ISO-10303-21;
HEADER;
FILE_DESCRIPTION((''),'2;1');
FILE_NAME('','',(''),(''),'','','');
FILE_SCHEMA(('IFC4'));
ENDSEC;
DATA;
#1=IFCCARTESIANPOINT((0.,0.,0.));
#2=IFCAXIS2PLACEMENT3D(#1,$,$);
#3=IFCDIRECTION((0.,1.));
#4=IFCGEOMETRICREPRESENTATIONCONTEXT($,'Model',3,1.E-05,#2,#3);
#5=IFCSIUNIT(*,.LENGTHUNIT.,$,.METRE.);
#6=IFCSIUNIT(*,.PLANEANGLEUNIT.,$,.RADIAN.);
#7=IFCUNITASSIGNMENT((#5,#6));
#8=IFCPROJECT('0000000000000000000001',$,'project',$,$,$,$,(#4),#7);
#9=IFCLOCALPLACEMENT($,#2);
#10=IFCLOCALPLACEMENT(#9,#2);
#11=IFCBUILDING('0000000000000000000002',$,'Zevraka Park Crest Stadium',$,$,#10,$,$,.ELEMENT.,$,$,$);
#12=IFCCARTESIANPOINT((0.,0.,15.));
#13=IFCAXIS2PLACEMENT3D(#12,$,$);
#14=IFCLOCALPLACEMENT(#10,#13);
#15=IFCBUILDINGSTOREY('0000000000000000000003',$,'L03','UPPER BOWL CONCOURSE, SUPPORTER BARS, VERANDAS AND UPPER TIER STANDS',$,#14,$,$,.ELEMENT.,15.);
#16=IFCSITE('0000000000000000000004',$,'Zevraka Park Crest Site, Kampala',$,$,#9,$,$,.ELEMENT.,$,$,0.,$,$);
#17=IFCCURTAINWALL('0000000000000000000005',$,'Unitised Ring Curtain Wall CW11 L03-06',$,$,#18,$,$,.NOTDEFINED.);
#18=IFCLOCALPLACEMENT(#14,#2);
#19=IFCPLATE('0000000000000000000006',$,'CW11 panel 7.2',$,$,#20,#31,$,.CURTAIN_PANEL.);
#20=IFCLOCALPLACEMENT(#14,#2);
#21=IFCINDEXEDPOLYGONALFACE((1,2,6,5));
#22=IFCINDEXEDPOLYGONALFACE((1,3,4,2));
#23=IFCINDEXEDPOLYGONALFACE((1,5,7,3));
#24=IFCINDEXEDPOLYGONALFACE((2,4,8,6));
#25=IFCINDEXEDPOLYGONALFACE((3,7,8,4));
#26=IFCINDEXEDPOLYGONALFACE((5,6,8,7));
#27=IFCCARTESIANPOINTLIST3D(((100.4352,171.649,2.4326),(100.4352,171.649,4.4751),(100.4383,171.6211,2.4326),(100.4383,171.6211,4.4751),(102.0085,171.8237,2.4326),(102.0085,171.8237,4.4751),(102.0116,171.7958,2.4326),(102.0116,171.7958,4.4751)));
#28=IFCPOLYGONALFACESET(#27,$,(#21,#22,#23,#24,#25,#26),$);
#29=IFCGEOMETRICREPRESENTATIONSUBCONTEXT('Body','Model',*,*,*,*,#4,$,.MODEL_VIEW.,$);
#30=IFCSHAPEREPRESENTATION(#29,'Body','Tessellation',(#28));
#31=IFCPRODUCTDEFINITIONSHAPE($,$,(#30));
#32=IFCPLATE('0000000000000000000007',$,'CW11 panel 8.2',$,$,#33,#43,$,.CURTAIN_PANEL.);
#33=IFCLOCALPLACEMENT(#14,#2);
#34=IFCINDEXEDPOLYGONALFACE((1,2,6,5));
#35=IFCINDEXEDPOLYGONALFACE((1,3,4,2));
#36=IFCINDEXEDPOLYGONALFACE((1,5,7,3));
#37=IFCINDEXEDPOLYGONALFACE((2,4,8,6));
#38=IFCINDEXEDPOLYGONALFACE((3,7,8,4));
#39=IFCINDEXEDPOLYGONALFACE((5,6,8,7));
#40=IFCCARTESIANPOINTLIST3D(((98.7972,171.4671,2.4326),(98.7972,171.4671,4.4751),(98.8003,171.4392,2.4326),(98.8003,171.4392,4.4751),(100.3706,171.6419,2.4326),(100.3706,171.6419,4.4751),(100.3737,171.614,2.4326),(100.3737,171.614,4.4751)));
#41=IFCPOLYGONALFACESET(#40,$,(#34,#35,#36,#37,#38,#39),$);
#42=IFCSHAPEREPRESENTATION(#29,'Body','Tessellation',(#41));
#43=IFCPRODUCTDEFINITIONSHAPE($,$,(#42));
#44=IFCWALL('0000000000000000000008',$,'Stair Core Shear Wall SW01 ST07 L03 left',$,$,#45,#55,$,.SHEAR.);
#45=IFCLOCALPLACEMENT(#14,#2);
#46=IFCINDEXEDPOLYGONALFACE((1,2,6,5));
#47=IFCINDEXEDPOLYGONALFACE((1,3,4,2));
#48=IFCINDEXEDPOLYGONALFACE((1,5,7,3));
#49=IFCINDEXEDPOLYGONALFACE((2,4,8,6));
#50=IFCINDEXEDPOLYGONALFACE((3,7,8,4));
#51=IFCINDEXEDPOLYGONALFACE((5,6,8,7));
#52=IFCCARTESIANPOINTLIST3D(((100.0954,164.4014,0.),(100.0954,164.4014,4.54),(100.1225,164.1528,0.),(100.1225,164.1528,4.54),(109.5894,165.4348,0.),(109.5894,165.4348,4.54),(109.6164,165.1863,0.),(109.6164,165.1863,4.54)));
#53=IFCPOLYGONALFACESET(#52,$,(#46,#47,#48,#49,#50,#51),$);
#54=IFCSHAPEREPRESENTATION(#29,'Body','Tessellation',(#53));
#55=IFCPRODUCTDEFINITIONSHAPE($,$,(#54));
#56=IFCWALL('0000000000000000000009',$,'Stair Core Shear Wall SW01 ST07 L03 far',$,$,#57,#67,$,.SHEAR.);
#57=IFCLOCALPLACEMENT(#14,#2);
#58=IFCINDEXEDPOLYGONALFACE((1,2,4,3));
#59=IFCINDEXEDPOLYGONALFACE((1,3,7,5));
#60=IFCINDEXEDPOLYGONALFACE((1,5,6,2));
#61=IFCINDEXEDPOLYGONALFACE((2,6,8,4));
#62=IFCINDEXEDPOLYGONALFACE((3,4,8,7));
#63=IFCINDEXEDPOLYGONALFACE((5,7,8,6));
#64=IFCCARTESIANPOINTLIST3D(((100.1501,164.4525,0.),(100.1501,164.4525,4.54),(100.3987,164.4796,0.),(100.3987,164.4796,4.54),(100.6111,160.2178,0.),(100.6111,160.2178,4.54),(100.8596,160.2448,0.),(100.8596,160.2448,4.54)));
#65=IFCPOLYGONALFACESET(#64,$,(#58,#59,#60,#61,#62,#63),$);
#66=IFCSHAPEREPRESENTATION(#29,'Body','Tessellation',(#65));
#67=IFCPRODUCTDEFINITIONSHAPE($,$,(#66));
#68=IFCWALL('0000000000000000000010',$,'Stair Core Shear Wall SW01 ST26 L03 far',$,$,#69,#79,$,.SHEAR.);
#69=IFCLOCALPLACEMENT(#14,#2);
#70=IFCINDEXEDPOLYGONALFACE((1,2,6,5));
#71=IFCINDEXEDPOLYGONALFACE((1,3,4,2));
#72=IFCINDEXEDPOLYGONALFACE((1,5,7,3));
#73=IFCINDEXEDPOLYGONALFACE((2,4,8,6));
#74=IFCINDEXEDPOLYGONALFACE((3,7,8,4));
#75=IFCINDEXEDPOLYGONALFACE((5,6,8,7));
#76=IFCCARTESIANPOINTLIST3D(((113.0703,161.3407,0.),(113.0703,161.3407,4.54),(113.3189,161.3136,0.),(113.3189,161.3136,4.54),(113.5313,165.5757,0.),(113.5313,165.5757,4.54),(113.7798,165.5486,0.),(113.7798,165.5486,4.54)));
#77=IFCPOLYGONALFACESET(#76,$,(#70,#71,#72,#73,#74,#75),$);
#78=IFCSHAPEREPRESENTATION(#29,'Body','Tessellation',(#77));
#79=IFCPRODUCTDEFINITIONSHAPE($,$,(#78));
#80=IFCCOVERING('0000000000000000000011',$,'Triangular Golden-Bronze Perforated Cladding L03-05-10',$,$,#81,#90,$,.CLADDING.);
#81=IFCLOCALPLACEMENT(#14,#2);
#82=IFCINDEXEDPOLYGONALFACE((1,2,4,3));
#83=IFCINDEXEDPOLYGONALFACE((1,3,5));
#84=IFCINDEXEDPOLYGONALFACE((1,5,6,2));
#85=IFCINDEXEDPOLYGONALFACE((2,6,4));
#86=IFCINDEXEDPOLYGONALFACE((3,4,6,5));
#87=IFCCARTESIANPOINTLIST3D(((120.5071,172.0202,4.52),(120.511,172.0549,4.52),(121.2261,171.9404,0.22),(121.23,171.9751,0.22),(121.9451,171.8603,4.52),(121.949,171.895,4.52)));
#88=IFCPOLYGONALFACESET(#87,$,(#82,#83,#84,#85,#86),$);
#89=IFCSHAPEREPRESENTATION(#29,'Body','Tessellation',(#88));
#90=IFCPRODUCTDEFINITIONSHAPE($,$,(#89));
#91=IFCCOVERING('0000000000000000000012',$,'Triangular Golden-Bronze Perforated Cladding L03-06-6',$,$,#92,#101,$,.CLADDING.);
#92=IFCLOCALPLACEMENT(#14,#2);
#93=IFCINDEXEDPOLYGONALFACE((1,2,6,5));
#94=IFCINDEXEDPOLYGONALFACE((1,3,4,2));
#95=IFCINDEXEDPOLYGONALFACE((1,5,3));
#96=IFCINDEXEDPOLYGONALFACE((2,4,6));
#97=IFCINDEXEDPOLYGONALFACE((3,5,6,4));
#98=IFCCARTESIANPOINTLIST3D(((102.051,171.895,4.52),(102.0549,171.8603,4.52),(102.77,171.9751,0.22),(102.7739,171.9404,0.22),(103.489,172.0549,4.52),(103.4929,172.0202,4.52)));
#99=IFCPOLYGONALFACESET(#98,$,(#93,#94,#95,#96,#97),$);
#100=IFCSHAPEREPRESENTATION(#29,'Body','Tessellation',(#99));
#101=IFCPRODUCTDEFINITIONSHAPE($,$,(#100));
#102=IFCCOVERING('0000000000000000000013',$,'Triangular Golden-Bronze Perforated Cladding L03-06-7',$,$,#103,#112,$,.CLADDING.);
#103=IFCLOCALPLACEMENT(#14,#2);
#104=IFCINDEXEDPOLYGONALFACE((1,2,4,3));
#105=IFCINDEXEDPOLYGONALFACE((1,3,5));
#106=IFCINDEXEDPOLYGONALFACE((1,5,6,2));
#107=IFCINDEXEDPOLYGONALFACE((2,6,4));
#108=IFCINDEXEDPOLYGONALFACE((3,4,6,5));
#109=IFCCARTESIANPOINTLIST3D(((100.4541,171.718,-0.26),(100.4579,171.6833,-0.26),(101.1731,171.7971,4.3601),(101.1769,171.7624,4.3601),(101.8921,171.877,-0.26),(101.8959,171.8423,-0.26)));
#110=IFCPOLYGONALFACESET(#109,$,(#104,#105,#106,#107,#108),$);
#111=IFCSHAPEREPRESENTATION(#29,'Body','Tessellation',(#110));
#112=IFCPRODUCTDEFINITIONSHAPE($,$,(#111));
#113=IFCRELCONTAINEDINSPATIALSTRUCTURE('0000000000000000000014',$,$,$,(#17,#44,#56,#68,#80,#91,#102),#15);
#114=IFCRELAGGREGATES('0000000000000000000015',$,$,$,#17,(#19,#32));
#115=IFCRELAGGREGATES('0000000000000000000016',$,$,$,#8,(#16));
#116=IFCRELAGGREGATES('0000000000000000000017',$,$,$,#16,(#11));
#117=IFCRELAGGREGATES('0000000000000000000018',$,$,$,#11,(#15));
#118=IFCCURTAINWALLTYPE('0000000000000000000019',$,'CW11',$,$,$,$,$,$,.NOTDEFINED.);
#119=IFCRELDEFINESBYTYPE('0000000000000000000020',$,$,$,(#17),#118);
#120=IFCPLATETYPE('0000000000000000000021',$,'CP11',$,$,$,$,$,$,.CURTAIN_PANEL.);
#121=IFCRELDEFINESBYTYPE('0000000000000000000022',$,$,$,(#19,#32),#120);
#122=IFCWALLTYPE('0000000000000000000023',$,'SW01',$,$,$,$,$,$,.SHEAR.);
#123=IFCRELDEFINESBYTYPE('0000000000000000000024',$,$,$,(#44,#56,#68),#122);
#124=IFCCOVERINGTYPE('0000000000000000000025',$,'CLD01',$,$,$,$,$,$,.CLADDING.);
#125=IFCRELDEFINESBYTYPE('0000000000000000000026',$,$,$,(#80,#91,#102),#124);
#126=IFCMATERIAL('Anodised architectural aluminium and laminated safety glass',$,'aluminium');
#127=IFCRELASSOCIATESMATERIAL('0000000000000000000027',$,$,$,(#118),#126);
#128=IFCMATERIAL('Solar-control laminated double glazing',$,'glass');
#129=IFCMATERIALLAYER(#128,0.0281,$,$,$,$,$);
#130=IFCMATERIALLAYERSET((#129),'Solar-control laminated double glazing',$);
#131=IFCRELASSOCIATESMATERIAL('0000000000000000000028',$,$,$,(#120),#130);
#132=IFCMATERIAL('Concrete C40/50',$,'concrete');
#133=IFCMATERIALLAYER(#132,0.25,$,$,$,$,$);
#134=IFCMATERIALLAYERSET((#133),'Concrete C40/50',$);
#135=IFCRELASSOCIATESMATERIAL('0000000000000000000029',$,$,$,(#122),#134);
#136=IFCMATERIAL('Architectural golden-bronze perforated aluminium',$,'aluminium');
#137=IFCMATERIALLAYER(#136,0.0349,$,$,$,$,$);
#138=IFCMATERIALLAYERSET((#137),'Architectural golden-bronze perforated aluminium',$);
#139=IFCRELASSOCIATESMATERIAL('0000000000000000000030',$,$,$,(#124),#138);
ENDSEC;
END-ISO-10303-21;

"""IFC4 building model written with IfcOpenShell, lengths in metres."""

from ifc_helpers import new_model, si_unit, direction, frame, frame_2d, origin, origin_2d, place, context, subcontext, project, spatial, polyline, rectangle, outline, extrude, material, layer, layer_set, type_object, element, aggregate, save


model = new_model("IFC4")

# Units and contexts
model_context = context("Model", 3, precision=1e-05, world=origin(), true_north=direction((0.0, 1.0)))
body_context = subcontext(model_context, "Body", "Model", "MODEL_VIEW")
ifc_project = project(units=[si_unit("LENGTHUNIT", "METRE"), si_unit("PLANEANGLEUNIT", "RADIAN")], contexts=[model_context])

# Site, building, storey
site_placement = place(None, origin())
site = spatial("IfcSite", under=ifc_project, at=site_placement, Name="Zevraka Park Crest Site, Kampala", CompositionType="ELEMENT", RefElevation=0.0)
building_placement = place(site_placement, origin())
building = spatial("IfcBuilding", under=site, at=building_placement, Name="Zevraka Park Crest Stadium", CompositionType="ELEMENT")
storey_placement = place(building_placement, frame((0.0, 0.0, 15.0)))
storey = spatial("IfcBuildingStorey", under=building, at=storey_placement, Name="L03", Description="UPPER BOWL CONCOURSE, SUPPORTER BARS, VERANDAS AND UPPER TIER STANDS", CompositionType="ELEMENT", Elevation=15.0)

# Shared definitions
ifc_material_1 = material(Name="Anodised architectural aluminium and laminated safety glass", Category="aluminium")
curtain_wall_type = type_object("IfcCurtainWallType", Name="CW11", PredefinedType="NOTDEFINED", material=ifc_material_1)

# Curtain wall
curtain_wall_1_placement = place(storey_placement, origin())
curtain_wall_1 = element("IfcCurtainWall", 1, at=curtain_wall_1_placement, inside=storey, type_object=curtain_wall_type, Name="Unitised Ring Curtain Wall CW11 L03-06", PredefinedType="NOTDEFINED")

# Plates
ifc_material_2 = material(Name="Solar-control laminated double glazing", Category="glass")
ifc_layer_1 = layer(ifc_material_2, 0.0281)
ifc_layer_set_1 = layer_set([ifc_layer_1], Name="Solar-control laminated double glazing")
plate_type = type_object("IfcPlateType", Name="CP11", PredefinedType="CURTAIN_PANEL", material=ifc_layer_set_1)
plate_1_placement = place(storey_placement, frame((101.2234, 171.7224, 2.4326), z_axis=(0.0, 0.0, 1.0), x_axis=(-0.993888, -0.110396, 0.0)))
plate_1 = element("IfcPlate", 2, at=plate_1_placement, type_object=plate_type, Name="CW11 panel 7.2", PredefinedType="CURTAIN_PANEL", context=body_context, shape_type="SweptSolid", body=[
    extrude(rectangle(XDim=1.583, YDim=0.0281, at=origin_2d()), origin(), (0.0, 0.0, 1.0), 2.0425),
])
plate_2_placement = place(storey_placement, frame((99.5854, 171.5405, 2.4326), z_axis=(0.0, 0.0, 1.0), x_axis=(-0.993888, -0.110396, 0.0)))
plate_2 = element("IfcPlate", 3, at=plate_2_placement, type_object=plate_type, Name="CW11 panel 8.2", PredefinedType="CURTAIN_PANEL", context=body_context, shape_type="SweptSolid", body=[
    extrude(rectangle(XDim=1.583, YDim=0.0281, at=origin_2d()), origin(), (0.0, 0.0, 1.0), 2.0425),
])
aggregate(curtain_wall_1, [plate_1, plate_2])

# Walls
ifc_material_3 = material(Name="Concrete C40/50", Category="concrete")
ifc_layer_2 = layer(ifc_material_3, 0.25)
ifc_layer_set_2 = layer_set([ifc_layer_2], Name="Concrete C40/50")
wall_type = type_object("IfcWallType", Name="SW01", PredefinedType="SHEAR", material=ifc_layer_set_2)
wall_1_placement = place(storey_placement, frame((109.6028, 165.3105, 0.0), z_axis=(0.0, 0.0, 1.0), x_axis=(-0.994128, -0.108215, 0.0)))
element("IfcWall", 4, at=wall_1_placement, inside=storey, type_object=wall_type, Name="Stair Core Shear Wall SW01 ST07 L03 left", PredefinedType="SHEAR", context=body_context, shape_type="SweptSolid", body=[
    extrude(rectangle(XDim=9.55, YDim=0.25, at=frame_2d((4.7749, 0.0))), origin(), (0.0, 0.0, 1.0), 4.54),
])
wall_2_placement = place(storey_placement, frame((100.2744, 164.4661, 0.0), z_axis=(0.0, 0.0, 1.0), x_axis=(0.108204, -0.994129, 0.0)))
element("IfcWall", 5, at=wall_2_placement, inside=storey, type_object=wall_type, Name="Stair Core Shear Wall SW01 ST07 L03 far", PredefinedType="SHEAR", context=body_context, shape_type="SweptSolid", body=[
    extrude(rectangle(XDim=4.2598, YDim=0.25, at=frame_2d((2.1299, 0.0))), origin(), (0.0, 0.0, 1.0), 4.54),
])
wall_3_placement = place(storey_placement, frame((113.6555, 165.562, 0.0), z_axis=(0.0, 0.0, 1.0), x_axis=(-0.108198, -0.994129, 0.0)))
element("IfcWall", 6, at=wall_3_placement, inside=storey, type_object=wall_type, Name="Stair Core Shear Wall SW01 ST26 L03 far", PredefinedType="SHEAR", context=body_context, shape_type="SweptSolid", body=[
    extrude(rectangle(XDim=4.26, YDim=0.25, at=frame_2d((2.1299, 0.0))), origin(), (0.0, 0.0, 1.0), 4.54),
])

# Coverings
ifc_material_4 = material(Name="Architectural golden-bronze perforated aluminium", Category="aluminium")
ifc_layer_3 = layer(ifc_material_4, 0.0349)
ifc_layer_set_3 = layer_set([ifc_layer_3], Name="Architectural golden-bronze perforated aluminium")
covering_type = type_object("IfcCoveringType", Name="CLD01", PredefinedType="CLADDING", material=ifc_layer_set_3)
covering_1_placement = place(storey_placement, frame((120.511, 172.0549, 4.52), z_axis=(0.110524, 0.993873, 0.000028), x_axis=(0.993873, -0.110524, 0.0)))
element("IfcCovering", 7, at=covering_1_placement, inside=storey, type_object=covering_type, Name="Triangular Golden-Bronze Perforated Cladding L03-05-10", PredefinedType="CLADDING", context=body_context, shape_type="SweptSolid", body=[
    extrude(outline(polyline([(0.0, 0.0), (1.4469, 0.0), (0.7234, 4.3), (0.0, 0.0)])), origin(), (0.0, 0.0, -1.0), 0.0349),
])
covering_2_placement = place(storey_placement, frame((102.051, 171.895, 4.52), z_axis=(-0.110524, 0.993873, 0.000028), x_axis=(0.993873, 0.110524, 0.0)))
element("IfcCovering", 8, at=covering_2_placement, inside=storey, type_object=covering_type, Name="Triangular Golden-Bronze Perforated Cladding L03-06-6", PredefinedType="CLADDING", context=body_context, shape_type="SweptSolid", body=[
    extrude(outline(polyline([(0.0, 0.0), (1.4469, 0.0), (0.7234, 4.3), (0.0, 0.0)])), origin(), (0.0, 0.0, -1.0), 0.0349),
])
covering_3_placement = place(storey_placement, frame((101.8921, 171.877, -0.26), z_axis=(-0.109857, 0.993947, 0.000079), x_axis=(-0.993947, -0.109857, 0.0)))
element("IfcCovering", 9, at=covering_3_placement, inside=storey, type_object=covering_type, Name="Triangular Golden-Bronze Perforated Cladding L03-06-7", PredefinedType="CLADDING", context=body_context, shape_type="SweptSolid", body=[
    extrude(outline(polyline([(0.0, 0.0), (1.4467, 0.0), (0.7234, 4.6201), (0.0, 0.0)])), origin(), (0.0, 0.0, -1.0), 0.0349),
])

save(model, "model.ifc")
